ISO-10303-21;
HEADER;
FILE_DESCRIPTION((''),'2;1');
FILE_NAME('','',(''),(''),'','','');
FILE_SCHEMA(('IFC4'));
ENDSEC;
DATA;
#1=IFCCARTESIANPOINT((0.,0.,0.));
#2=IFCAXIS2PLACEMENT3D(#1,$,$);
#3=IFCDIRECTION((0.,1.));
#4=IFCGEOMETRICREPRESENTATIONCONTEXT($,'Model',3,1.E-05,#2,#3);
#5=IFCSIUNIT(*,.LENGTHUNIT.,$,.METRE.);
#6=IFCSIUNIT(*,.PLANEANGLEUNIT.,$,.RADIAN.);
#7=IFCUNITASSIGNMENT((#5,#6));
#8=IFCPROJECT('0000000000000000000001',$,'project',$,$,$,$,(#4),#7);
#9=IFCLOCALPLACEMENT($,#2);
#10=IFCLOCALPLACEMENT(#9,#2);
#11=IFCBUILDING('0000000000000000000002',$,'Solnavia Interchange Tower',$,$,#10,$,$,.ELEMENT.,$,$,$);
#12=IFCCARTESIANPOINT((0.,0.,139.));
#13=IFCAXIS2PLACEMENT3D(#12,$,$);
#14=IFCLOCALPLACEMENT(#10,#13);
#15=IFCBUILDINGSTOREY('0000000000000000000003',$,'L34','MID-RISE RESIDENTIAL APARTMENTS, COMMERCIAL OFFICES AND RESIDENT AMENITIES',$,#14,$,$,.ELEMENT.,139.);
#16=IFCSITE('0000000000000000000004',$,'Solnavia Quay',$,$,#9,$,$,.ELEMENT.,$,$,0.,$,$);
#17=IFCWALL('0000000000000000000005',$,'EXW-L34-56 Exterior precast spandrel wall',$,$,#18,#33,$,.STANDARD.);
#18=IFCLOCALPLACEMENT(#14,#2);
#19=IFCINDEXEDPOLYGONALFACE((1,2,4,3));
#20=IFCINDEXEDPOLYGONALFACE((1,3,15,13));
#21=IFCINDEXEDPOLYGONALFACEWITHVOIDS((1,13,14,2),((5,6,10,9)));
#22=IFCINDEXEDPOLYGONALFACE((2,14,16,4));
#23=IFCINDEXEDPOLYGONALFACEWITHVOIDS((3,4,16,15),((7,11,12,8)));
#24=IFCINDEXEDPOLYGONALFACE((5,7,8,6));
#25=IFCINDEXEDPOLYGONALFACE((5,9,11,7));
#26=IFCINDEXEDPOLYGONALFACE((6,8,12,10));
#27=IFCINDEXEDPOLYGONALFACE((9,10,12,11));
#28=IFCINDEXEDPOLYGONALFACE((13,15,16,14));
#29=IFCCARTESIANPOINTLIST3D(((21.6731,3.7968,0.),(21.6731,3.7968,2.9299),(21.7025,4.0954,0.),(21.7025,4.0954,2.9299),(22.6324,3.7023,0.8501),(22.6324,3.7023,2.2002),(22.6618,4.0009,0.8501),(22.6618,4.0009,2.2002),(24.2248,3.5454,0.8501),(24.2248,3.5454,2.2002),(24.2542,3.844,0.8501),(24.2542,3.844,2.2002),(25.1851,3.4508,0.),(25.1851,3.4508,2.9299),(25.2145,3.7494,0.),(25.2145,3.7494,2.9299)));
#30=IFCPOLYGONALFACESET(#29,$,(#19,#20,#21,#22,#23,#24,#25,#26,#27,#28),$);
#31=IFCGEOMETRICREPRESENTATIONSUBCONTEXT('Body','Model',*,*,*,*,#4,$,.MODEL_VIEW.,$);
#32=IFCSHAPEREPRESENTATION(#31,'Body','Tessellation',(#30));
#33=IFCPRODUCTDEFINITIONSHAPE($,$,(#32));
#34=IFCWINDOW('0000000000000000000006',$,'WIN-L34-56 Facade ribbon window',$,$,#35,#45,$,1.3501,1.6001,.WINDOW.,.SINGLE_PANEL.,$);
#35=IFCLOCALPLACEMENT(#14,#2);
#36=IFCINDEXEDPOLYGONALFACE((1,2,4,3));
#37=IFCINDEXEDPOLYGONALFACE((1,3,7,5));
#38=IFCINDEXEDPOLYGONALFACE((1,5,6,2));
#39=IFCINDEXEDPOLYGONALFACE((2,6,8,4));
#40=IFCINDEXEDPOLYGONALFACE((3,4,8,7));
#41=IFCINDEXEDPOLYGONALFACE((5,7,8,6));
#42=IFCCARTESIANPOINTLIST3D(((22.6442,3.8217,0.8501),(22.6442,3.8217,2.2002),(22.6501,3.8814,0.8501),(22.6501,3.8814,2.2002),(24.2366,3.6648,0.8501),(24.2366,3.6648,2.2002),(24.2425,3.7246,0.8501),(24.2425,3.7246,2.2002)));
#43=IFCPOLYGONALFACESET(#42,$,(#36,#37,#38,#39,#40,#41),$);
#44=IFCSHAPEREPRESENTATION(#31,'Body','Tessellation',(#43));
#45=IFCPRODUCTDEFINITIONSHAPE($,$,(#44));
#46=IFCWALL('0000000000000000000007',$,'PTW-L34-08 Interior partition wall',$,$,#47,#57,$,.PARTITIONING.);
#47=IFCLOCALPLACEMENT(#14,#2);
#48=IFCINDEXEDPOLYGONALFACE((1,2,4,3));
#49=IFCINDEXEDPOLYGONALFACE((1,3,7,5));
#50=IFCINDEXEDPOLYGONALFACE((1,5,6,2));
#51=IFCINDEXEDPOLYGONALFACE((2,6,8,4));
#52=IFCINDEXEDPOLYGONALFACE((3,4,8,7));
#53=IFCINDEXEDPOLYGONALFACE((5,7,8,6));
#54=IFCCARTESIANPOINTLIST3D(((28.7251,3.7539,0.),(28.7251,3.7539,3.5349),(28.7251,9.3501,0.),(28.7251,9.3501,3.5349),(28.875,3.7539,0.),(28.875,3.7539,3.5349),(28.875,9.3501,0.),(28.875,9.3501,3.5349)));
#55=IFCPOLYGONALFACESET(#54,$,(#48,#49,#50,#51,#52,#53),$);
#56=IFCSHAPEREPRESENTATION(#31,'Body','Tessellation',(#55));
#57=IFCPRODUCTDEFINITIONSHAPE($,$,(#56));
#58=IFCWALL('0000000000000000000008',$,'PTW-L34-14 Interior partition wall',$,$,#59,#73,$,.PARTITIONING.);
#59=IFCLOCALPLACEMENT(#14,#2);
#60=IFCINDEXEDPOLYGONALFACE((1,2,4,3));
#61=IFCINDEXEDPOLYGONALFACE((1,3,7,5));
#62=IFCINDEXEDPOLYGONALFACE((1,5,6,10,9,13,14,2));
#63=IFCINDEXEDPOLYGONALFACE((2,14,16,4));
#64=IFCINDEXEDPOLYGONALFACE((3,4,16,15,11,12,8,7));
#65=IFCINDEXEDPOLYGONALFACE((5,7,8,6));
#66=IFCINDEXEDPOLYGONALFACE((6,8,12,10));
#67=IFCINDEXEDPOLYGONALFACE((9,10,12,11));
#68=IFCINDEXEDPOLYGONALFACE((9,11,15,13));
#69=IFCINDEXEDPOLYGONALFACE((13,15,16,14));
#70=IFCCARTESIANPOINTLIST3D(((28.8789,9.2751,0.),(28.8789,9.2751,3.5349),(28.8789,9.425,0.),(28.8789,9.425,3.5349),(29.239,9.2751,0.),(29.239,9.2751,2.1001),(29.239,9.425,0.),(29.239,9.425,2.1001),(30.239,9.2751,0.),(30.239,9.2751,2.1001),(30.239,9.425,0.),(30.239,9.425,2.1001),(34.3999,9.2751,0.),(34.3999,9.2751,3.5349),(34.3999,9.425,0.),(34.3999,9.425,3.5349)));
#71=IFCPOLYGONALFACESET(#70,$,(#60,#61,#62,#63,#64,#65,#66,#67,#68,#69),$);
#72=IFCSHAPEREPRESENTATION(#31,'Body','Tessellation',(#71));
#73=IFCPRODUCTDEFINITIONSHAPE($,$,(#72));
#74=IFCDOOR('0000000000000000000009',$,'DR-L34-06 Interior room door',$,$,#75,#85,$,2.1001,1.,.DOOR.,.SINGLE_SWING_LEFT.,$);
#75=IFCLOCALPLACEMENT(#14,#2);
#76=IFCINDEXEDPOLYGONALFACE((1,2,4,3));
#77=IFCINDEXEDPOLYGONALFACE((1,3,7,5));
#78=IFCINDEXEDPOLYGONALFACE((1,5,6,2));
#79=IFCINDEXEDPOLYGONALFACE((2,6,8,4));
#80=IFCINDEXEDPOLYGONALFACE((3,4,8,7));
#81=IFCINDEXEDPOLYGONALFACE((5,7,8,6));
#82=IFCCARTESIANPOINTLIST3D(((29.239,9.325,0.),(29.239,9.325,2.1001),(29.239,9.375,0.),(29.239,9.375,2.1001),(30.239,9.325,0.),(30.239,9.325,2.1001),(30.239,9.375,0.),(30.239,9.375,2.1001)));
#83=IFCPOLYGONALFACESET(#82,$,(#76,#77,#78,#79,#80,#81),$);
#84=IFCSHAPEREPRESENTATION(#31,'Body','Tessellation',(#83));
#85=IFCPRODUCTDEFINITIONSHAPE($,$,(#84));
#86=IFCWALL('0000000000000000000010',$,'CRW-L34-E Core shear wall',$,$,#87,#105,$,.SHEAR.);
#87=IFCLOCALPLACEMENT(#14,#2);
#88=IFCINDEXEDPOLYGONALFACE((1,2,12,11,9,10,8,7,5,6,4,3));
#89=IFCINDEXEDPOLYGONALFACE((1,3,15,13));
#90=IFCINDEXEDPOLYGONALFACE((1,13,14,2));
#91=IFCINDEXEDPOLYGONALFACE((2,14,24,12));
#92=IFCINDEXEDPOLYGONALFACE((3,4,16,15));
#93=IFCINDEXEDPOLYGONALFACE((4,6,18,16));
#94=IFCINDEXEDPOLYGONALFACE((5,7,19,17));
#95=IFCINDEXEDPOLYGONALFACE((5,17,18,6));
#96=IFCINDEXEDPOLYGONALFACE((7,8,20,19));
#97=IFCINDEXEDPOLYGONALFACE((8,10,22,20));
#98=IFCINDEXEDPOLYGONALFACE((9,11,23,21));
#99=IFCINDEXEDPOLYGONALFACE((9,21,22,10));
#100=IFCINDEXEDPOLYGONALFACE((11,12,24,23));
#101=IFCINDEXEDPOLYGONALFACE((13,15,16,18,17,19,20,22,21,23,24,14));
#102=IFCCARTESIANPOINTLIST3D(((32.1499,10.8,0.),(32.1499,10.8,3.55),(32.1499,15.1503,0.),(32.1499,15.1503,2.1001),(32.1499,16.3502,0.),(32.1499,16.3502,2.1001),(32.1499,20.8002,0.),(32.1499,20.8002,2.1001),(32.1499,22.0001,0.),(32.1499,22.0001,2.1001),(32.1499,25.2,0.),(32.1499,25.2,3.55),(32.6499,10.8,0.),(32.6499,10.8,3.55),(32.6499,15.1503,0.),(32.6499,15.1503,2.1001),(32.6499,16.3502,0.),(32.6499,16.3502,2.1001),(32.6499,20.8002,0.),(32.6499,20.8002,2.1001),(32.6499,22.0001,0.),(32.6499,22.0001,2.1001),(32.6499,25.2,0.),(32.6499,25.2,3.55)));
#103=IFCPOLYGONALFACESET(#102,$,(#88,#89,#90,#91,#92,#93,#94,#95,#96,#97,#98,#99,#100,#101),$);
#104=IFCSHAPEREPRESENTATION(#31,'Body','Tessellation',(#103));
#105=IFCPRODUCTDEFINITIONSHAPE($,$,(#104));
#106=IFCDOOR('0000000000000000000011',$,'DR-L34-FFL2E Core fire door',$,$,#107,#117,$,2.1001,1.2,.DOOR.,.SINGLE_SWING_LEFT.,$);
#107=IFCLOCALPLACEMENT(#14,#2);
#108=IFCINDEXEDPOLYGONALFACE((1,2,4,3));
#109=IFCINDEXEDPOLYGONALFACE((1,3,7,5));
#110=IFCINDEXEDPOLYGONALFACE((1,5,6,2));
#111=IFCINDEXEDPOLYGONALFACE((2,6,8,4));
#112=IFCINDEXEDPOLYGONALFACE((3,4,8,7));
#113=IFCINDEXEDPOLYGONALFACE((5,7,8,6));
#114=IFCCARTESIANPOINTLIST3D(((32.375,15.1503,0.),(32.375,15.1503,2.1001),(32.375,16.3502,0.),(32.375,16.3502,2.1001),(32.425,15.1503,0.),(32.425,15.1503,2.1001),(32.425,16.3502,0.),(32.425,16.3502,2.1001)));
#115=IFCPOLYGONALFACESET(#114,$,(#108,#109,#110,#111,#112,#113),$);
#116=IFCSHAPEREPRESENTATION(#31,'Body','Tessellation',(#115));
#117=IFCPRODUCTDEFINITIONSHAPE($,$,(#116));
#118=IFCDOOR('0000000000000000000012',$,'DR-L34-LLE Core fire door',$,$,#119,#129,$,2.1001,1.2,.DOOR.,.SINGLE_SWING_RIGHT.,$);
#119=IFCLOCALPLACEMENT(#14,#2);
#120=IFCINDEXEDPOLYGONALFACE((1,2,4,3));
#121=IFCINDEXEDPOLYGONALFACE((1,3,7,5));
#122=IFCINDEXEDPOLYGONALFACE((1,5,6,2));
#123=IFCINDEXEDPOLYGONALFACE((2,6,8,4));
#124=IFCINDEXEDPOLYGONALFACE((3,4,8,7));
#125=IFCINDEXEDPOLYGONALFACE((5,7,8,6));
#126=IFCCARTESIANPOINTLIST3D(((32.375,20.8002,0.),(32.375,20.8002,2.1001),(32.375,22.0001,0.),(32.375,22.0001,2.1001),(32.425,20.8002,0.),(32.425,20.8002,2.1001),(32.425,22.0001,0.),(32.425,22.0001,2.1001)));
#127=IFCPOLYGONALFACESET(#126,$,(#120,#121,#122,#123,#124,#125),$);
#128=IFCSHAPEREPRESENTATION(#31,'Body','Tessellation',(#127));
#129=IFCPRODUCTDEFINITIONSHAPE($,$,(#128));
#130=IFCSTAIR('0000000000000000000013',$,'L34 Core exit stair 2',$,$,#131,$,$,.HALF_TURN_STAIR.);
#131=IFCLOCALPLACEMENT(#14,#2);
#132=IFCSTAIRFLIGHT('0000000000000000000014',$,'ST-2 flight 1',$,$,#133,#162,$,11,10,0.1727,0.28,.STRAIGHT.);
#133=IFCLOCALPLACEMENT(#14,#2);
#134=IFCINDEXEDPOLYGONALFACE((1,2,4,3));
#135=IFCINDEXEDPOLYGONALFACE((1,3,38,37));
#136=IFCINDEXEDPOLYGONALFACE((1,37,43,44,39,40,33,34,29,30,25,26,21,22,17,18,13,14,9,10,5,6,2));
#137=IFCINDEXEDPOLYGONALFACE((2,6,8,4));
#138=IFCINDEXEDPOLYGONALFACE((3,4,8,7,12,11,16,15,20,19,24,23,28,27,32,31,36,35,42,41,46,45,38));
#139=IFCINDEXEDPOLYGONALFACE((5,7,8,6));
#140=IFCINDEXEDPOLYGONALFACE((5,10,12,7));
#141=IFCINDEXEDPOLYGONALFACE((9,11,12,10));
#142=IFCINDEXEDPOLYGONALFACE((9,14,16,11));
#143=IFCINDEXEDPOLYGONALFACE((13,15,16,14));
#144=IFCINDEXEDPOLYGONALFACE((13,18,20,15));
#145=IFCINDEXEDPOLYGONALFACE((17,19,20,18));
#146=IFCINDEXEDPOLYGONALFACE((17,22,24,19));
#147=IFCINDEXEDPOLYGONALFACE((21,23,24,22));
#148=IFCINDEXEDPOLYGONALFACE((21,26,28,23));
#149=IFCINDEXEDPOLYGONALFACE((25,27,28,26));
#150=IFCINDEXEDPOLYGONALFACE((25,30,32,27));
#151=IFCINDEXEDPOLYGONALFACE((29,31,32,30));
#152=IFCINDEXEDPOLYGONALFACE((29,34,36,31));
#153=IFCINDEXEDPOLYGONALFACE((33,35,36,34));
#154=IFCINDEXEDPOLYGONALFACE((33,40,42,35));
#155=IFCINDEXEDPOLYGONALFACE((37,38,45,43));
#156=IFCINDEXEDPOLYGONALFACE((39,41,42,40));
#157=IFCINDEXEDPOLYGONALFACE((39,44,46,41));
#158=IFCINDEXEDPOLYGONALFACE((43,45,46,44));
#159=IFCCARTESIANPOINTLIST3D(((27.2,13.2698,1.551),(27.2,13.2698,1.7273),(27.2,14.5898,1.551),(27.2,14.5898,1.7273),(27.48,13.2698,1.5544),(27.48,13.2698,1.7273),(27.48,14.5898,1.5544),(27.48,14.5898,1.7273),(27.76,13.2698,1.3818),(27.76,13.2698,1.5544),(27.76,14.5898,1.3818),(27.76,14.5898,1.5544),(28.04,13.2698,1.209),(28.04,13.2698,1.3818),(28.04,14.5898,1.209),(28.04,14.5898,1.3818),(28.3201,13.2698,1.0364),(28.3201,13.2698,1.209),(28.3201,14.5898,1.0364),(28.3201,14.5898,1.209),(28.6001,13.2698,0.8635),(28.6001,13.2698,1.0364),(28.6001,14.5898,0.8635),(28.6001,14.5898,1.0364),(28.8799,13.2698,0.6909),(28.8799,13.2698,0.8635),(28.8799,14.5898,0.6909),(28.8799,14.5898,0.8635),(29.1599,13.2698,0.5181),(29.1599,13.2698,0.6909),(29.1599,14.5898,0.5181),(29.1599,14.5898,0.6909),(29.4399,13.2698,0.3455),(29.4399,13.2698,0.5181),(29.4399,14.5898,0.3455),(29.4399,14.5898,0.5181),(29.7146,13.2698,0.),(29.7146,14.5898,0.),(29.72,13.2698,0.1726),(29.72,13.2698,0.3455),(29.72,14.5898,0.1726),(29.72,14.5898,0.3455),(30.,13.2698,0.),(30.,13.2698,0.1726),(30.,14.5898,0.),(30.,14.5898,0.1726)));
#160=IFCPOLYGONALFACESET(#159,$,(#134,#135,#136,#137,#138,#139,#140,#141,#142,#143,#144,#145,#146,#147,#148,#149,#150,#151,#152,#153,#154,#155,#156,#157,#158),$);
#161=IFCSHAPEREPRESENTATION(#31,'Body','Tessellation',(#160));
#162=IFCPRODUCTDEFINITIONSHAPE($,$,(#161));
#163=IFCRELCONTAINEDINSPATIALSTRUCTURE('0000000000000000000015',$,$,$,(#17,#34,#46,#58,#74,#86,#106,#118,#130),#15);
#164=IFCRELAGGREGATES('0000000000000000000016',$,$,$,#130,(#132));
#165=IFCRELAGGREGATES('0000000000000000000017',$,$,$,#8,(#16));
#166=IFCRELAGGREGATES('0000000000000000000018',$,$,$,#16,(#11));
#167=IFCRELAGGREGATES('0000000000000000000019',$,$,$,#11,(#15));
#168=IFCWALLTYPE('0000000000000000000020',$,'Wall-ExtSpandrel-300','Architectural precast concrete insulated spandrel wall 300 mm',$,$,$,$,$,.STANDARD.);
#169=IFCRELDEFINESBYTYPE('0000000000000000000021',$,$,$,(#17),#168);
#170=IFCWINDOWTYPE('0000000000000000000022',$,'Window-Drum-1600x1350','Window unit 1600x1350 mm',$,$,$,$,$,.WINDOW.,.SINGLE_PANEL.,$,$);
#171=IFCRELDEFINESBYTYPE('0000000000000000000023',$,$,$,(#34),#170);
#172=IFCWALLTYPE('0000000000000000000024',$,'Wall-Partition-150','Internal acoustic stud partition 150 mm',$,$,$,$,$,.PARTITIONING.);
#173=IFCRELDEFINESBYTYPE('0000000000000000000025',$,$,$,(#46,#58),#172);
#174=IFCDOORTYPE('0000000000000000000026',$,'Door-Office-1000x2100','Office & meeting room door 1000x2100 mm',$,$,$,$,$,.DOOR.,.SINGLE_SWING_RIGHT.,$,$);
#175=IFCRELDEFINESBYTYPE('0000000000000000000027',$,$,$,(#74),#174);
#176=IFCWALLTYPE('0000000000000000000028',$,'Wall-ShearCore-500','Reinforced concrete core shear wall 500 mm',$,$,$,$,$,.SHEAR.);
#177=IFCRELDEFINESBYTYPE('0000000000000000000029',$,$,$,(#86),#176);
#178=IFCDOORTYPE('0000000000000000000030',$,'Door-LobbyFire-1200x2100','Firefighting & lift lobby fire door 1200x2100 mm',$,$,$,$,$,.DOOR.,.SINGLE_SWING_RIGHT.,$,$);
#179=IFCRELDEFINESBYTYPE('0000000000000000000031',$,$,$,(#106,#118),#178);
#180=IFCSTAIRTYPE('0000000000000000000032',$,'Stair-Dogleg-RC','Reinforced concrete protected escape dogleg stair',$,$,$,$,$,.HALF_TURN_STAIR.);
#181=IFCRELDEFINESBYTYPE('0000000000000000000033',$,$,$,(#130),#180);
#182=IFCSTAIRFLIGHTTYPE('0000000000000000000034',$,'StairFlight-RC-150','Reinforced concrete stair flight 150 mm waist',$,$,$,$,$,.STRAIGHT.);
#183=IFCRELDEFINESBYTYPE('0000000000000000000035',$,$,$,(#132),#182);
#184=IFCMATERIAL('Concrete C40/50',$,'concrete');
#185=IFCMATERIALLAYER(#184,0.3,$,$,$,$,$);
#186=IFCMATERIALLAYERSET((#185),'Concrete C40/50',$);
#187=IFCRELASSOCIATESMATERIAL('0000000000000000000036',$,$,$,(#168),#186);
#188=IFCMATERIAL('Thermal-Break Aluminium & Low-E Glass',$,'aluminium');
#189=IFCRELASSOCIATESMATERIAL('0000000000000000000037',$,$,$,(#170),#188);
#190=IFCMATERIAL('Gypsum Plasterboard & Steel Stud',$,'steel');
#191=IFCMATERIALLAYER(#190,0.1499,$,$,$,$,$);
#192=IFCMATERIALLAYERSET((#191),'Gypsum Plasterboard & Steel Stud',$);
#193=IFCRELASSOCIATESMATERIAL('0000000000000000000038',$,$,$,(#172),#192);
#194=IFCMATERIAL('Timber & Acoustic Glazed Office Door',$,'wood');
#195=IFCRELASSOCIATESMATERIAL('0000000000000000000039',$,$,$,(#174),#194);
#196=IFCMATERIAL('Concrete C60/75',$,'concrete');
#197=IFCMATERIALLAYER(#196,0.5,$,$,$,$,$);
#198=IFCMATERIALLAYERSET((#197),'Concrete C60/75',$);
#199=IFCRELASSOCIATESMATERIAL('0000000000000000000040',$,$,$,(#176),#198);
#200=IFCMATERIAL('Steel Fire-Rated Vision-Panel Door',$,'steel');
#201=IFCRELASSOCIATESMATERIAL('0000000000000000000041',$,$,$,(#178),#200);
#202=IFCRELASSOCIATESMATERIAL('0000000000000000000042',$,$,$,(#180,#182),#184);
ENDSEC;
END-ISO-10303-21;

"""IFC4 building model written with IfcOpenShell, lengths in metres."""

from ifc_helpers import new_model, si_unit, direction, frame, frame_2d, origin, place, context, subcontext, project, spatial, polyline, rectangle, outline, extrude, material, layer, layer_set, type_object, element, fill, aggregate, save


model = new_model("IFC4")

# Units and contexts
model_context = context("Model", 3, precision=1e-05, world=origin(), true_north=direction((0.0, 1.0)))
body_context = subcontext(model_context, "Body", "Model", "MODEL_VIEW")
ifc_project = project(units=[si_unit("LENGTHUNIT", "METRE"), si_unit("PLANEANGLEUNIT", "RADIAN")], contexts=[model_context])

# Site, building, storey
site_placement = place(None, origin())
site = spatial("IfcSite", under=ifc_project, at=site_placement, Name="Solnavia Quay", CompositionType="ELEMENT", RefElevation=0.0)
building_placement = place(site_placement, origin())
building = spatial("IfcBuilding", under=site, at=building_placement, Name="Solnavia Interchange Tower", CompositionType="ELEMENT")
storey_placement = place(building_placement, frame((0.0, 0.0, 139.0)))
storey = spatial("IfcBuildingStorey", under=building, at=storey_placement, Name="L34", Description="MID-RISE RESIDENTIAL APARTMENTS, COMMERCIAL OFFICES AND RESIDENT AMENITIES", CompositionType="ELEMENT", Elevation=139.0)

# Shared definitions
ifc_material_1 = material(Name="Concrete C40/50", Category="concrete")
ifc_layer_1 = layer(ifc_material_1, 0.3)
ifc_layer_set_1 = layer_set([ifc_layer_1], Name="Concrete C40/50")
wall_type_1 = type_object("IfcWallType", Name="Wall-ExtSpandrel-300", Description="Architectural precast concrete insulated spandrel wall 300 mm", PredefinedType="STANDARD", material=ifc_layer_set_1)
ifc_material_2 = material(Name="Thermal-Break Aluminium & Low-E Glass", Category="aluminium")

# Wall, opening, window
wall_1_placement = place(storey_placement, frame((25.2, 3.6001, 0.0), z_axis=(0.0, 0.0, 1.0), x_axis=(-0.995183, 0.098031, 0.0)))
wall_1 = element("IfcWall", 1, at=wall_1_placement, inside=storey, type_object=wall_type_1, Name="EXW-L34-56 Exterior precast spandrel wall", PredefinedType="STANDARD", context=body_context, shape_type="SweptSolid", body=[
    extrude(rectangle(XDim=3.5291, YDim=0.3, at=frame_2d((1.7646, 0.0))), origin(), (0.0, 0.0, 1.0), 2.9299),
])
opening_1_placement = place(wall_1_placement, frame((0.9651, 0.0, 0.8501)))
opening_1 = element("IfcOpeningElement", 2, at=opening_1_placement, cuts=wall_1, PredefinedType="OPENING", context=body_context, shape_type="SweptSolid", body=[
    extrude(rectangle(XDim=1.6001, YDim=1.3501, at=frame_2d((0.8, 0.675))), frame((0.0, 0.1602, 0.0), z_axis=(0.0, -1.0, 0.0), x_axis=(1.0, 0.0, 0.0)), (0.0, 0.0, 1.0), 0.3201),
])
window_type_1 = type_object("IfcWindowType", Name="Window-Drum-1600x1350", Description="Window unit 1600x1350 mm", PartitioningType="SINGLE_PANEL", PredefinedType="WINDOW", material=ifc_material_2)
window_1_placement = place(opening_1_placement, origin())
window_1 = element("IfcWindow", 3, at=window_1_placement, inside=storey, type_object=window_type_1, Name="WIN-L34-56 Facade ribbon window", OverallHeight=1.3501, OverallWidth=1.6001, PartitioningType="SINGLE_PANEL", PredefinedType="WINDOW", context=body_context, shape_type="SweptSolid", body=[
    extrude(rectangle(XDim=1.6001, YDim=1.3501, at=frame_2d((0.8, 0.675))), frame((0.0, 0.03, 0.0), z_axis=(0.0, -1.0, 0.0), x_axis=(1.0, 0.0, 0.0)), (0.0, 0.0, 1.0), 0.0601),
])
fill(opening_1, window_1)

# Wall
ifc_material_3 = material(Name="Gypsum Plasterboard & Steel Stud", Category="steel")
ifc_layer_2 = layer(ifc_material_3, 0.1499)
ifc_layer_set_2 = layer_set([ifc_layer_2], Name="Gypsum Plasterboard & Steel Stud")
wall_type_2 = type_object("IfcWallType", Name="Wall-Partition-150", Description="Internal acoustic stud partition 150 mm", PredefinedType="PARTITIONING", material=ifc_layer_set_2)
wall_2_placement = place(storey_placement, frame((28.8, 9.3501, 0.0), z_axis=(0.0, 0.0, 1.0), x_axis=(0.0, -1.0, 0.0)))
element("IfcWall", 4, at=wall_2_placement, inside=storey, type_object=wall_type_2, Name="PTW-L34-08 Interior partition wall", PredefinedType="PARTITIONING", context=body_context, shape_type="SweptSolid", body=[
    extrude(rectangle(XDim=5.5962, YDim=0.1499, at=frame_2d((2.7981, 0.0))), origin(), (0.0, 0.0, 1.0), 3.5349),
])

# Wall, opening, door
wall_3_placement = place(storey_placement, frame((28.8789, 9.3501, 0.0), z_axis=(0.0, 0.0, 1.0), x_axis=(1.0, 0.0, 0.0)))
wall_3 = element("IfcWall", 5, at=wall_3_placement, inside=storey, type_object=wall_type_2, Name="PTW-L34-14 Interior partition wall", PredefinedType="PARTITIONING", context=body_context, shape_type="SweptSolid", body=[
    extrude(rectangle(XDim=5.521, YDim=0.1499, at=frame_2d((2.7605, 0.0))), origin(), (0.0, 0.0, 1.0), 3.5349),
])
opening_2_placement = place(wall_3_placement, frame((0.3601, 0.0, 0.0)))
opening_2 = element("IfcOpeningElement", 6, at=opening_2_placement, cuts=wall_3, PredefinedType="OPENING", context=body_context, shape_type="SweptSolid", body=[
    extrude(rectangle(XDim=1.0, YDim=2.1001, at=frame_2d((0.5, 1.05))), frame((0.0, 0.085, 0.0), z_axis=(0.0, -1.0, 0.0), x_axis=(1.0, 0.0, 0.0)), (0.0, 0.0, 1.0), 0.1699),
])
ifc_material_4 = material(Name="Timber & Acoustic Glazed Office Door", Category="wood")
door_type_1 = type_object("IfcDoorType", Name="Door-Office-1000x2100", Description="Office & meeting room door 1000x2100 mm", OperationType="SINGLE_SWING_RIGHT", PredefinedType="DOOR", material=ifc_material_4)
door_1_placement = place(opening_2_placement, origin())
door_1 = element("IfcDoor", 7, at=door_1_placement, inside=storey, type_object=door_type_1, Name="DR-L34-06 Interior room door", OperationType="SINGLE_SWING_LEFT", OverallHeight=2.1001, OverallWidth=1.0, PredefinedType="DOOR", context=body_context, shape_type="SweptSolid", body=[
    extrude(rectangle(XDim=1.0, YDim=2.1001, at=frame_2d((0.5, 1.05))), frame((0.0, 0.0249, 0.0), z_axis=(0.0, -1.0, 0.0), x_axis=(1.0, 0.0, 0.0)), (0.0, 0.0, 1.0), 0.05),
])
fill(opening_2, door_1)

# Wall, openings, doors
ifc_material_5 = material(Name="Concrete C60/75", Category="concrete")
ifc_layer_3 = layer(ifc_material_5, 0.5)
ifc_layer_set_3 = layer_set([ifc_layer_3], Name="Concrete C60/75")
wall_type_3 = type_object("IfcWallType", Name="Wall-ShearCore-500", Description="Reinforced concrete core shear wall 500 mm", PredefinedType="SHEAR", material=ifc_layer_set_3)
wall_4_placement = place(storey_placement, frame((32.3999, 10.8, 0.0), z_axis=(0.0, 0.0, 1.0), x_axis=(0.0, 1.0, 0.0)))
wall_4 = element("IfcWall", 8, at=wall_4_placement, inside=storey, type_object=wall_type_3, Name="CRW-L34-E Core shear wall", PredefinedType="SHEAR", context=body_context, shape_type="SweptSolid", body=[
    extrude(rectangle(XDim=14.3999, YDim=0.5, at=frame_2d((7.2, 0.0))), origin(), (0.0, 0.0, 1.0), 3.55),
])
opening_3_placement = place(wall_4_placement, frame((4.3501, 0.0, 0.0)))
opening_3 = element("IfcOpeningElement", 9, at=opening_3_placement, cuts=wall_4, PredefinedType="OPENING", context=body_context, shape_type="SweptSolid", body=[
    extrude(rectangle(XDim=1.2, YDim=2.1001, at=frame_2d((0.6001, 1.05))), frame((0.0, 0.26, 0.0), z_axis=(0.0, -1.0, 0.0), x_axis=(1.0, 0.0, 0.0)), (0.0, 0.0, 1.0), 0.52),
])
opening_4_placement = place(wall_4_placement, frame((10.0, 0.0, 0.0)))
opening_4 = element("IfcOpeningElement", 10, at=opening_4_placement, cuts=wall_4, PredefinedType="OPENING", context=body_context, shape_type="SweptSolid", body=[
    extrude(rectangle(XDim=1.2, YDim=2.1001, at=frame_2d((0.6001, 1.05))), frame((0.0, 0.26, 0.0), z_axis=(0.0, -1.0, 0.0), x_axis=(1.0, 0.0, 0.0)), (0.0, 0.0, 1.0), 0.52),
])
ifc_material_6 = material(Name="Steel Fire-Rated Vision-Panel Door", Category="steel")
door_type_2 = type_object("IfcDoorType", Name="Door-LobbyFire-1200x2100", Description="Firefighting & lift lobby fire door 1200x2100 mm", OperationType="SINGLE_SWING_RIGHT", PredefinedType="DOOR", material=ifc_material_6)
door_2_placement = place(opening_3_placement, origin())
door_2 = element("IfcDoor", 11, at=door_2_placement, inside=storey, type_object=door_type_2, Name="DR-L34-FFL2E Core fire door", OperationType="SINGLE_SWING_LEFT", OverallHeight=2.1001, OverallWidth=1.2, PredefinedType="DOOR", context=body_context, shape_type="SweptSolid", body=[
    extrude(rectangle(XDim=1.2, YDim=2.1001, at=frame_2d((0.6001, 1.05))), frame((0.0, 0.0249, 0.0), z_axis=(0.0, -1.0, 0.0), x_axis=(1.0, 0.0, 0.0)), (0.0, 0.0, 1.0), 0.05),
])
fill(opening_3, door_2)
door_3_placement = place(opening_4_placement, origin())
door_3 = element("IfcDoor", 12, at=door_3_placement, inside=storey, type_object=door_type_2, Name="DR-L34-LLE Core fire door", OperationType="SINGLE_SWING_RIGHT", OverallHeight=2.1001, OverallWidth=1.2, PredefinedType="DOOR", context=body_context, shape_type="SweptSolid", body=[
    extrude(rectangle(XDim=1.2, YDim=2.1001, at=frame_2d((0.6001, 1.05))), frame((0.0, 0.0249, 0.0), z_axis=(0.0, -1.0, 0.0), x_axis=(1.0, 0.0, 0.0)), (0.0, 0.0, 1.0), 0.05),
])
fill(opening_4, door_3)

# Stair, stair flight
stair_type = type_object("IfcStairType", Name="Stair-Dogleg-RC", Description="Reinforced concrete protected escape dogleg stair", PredefinedType="HALF_TURN_STAIR", material=ifc_material_1)
stair_placement = place(storey_placement, origin())
stair = element("IfcStair", 13, at=stair_placement, inside=storey, type_object=stair_type, Name="L34 Core exit stair 2", PredefinedType="HALF_TURN_STAIR")
stair_flight_type = type_object("IfcStairFlightType", Name="StairFlight-RC-150", Description="Reinforced concrete stair flight 150 mm waist", PredefinedType="STRAIGHT", material=ifc_material_1)
stair_flight_1_placement = place(storey_placement, frame((30.0, 13.9299, 0.0), z_axis=(0.0, 0.0, 1.0), x_axis=(-1.0, 0.0, 0.0)))
stair_flight_1 = element("IfcStairFlight", 14, at=stair_flight_1_placement, type_object=stair_flight_type, Name="ST-2 flight 1", NumberOfRisers=11, NumberOfTreads=10, PredefinedType="STRAIGHT", RiserHeight=0.1727, TreadLength=0.28, context=body_context, shape_type="SweptSolid", body=[
    extrude(outline(polyline([(0.0, 0.0), (0.0, 0.1726), (0.28, 0.1726), (0.28, 0.3455), (0.5601, 0.3455), (0.5601, 0.5181), (0.8401, 0.5181), (0.8401, 0.6909), (1.1201, 0.6909), (1.1201, 0.8635), (1.3999, 0.8635), (1.3999, 1.0364), (1.6799, 1.0364), (1.6799, 1.209), (1.96, 1.209), (1.96, 1.3818), (2.24, 1.3818), (2.24, 1.5544), (2.52, 1.5544), (2.52, 1.7273), (2.8, 1.7273), (2.8, 1.8999), (2.8, 1.551), (0.2854, 0.0), (0.0, 0.0)])), frame((0.0, 0.6602, 0.0), z_axis=(0.0, -1.0, 0.0), x_axis=(1.0, 0.0, 0.0)), (0.0, 0.0, 1.0), 1.3201),
])
aggregate(stair, [stair_flight_1])

save(model, "model.ifc")
